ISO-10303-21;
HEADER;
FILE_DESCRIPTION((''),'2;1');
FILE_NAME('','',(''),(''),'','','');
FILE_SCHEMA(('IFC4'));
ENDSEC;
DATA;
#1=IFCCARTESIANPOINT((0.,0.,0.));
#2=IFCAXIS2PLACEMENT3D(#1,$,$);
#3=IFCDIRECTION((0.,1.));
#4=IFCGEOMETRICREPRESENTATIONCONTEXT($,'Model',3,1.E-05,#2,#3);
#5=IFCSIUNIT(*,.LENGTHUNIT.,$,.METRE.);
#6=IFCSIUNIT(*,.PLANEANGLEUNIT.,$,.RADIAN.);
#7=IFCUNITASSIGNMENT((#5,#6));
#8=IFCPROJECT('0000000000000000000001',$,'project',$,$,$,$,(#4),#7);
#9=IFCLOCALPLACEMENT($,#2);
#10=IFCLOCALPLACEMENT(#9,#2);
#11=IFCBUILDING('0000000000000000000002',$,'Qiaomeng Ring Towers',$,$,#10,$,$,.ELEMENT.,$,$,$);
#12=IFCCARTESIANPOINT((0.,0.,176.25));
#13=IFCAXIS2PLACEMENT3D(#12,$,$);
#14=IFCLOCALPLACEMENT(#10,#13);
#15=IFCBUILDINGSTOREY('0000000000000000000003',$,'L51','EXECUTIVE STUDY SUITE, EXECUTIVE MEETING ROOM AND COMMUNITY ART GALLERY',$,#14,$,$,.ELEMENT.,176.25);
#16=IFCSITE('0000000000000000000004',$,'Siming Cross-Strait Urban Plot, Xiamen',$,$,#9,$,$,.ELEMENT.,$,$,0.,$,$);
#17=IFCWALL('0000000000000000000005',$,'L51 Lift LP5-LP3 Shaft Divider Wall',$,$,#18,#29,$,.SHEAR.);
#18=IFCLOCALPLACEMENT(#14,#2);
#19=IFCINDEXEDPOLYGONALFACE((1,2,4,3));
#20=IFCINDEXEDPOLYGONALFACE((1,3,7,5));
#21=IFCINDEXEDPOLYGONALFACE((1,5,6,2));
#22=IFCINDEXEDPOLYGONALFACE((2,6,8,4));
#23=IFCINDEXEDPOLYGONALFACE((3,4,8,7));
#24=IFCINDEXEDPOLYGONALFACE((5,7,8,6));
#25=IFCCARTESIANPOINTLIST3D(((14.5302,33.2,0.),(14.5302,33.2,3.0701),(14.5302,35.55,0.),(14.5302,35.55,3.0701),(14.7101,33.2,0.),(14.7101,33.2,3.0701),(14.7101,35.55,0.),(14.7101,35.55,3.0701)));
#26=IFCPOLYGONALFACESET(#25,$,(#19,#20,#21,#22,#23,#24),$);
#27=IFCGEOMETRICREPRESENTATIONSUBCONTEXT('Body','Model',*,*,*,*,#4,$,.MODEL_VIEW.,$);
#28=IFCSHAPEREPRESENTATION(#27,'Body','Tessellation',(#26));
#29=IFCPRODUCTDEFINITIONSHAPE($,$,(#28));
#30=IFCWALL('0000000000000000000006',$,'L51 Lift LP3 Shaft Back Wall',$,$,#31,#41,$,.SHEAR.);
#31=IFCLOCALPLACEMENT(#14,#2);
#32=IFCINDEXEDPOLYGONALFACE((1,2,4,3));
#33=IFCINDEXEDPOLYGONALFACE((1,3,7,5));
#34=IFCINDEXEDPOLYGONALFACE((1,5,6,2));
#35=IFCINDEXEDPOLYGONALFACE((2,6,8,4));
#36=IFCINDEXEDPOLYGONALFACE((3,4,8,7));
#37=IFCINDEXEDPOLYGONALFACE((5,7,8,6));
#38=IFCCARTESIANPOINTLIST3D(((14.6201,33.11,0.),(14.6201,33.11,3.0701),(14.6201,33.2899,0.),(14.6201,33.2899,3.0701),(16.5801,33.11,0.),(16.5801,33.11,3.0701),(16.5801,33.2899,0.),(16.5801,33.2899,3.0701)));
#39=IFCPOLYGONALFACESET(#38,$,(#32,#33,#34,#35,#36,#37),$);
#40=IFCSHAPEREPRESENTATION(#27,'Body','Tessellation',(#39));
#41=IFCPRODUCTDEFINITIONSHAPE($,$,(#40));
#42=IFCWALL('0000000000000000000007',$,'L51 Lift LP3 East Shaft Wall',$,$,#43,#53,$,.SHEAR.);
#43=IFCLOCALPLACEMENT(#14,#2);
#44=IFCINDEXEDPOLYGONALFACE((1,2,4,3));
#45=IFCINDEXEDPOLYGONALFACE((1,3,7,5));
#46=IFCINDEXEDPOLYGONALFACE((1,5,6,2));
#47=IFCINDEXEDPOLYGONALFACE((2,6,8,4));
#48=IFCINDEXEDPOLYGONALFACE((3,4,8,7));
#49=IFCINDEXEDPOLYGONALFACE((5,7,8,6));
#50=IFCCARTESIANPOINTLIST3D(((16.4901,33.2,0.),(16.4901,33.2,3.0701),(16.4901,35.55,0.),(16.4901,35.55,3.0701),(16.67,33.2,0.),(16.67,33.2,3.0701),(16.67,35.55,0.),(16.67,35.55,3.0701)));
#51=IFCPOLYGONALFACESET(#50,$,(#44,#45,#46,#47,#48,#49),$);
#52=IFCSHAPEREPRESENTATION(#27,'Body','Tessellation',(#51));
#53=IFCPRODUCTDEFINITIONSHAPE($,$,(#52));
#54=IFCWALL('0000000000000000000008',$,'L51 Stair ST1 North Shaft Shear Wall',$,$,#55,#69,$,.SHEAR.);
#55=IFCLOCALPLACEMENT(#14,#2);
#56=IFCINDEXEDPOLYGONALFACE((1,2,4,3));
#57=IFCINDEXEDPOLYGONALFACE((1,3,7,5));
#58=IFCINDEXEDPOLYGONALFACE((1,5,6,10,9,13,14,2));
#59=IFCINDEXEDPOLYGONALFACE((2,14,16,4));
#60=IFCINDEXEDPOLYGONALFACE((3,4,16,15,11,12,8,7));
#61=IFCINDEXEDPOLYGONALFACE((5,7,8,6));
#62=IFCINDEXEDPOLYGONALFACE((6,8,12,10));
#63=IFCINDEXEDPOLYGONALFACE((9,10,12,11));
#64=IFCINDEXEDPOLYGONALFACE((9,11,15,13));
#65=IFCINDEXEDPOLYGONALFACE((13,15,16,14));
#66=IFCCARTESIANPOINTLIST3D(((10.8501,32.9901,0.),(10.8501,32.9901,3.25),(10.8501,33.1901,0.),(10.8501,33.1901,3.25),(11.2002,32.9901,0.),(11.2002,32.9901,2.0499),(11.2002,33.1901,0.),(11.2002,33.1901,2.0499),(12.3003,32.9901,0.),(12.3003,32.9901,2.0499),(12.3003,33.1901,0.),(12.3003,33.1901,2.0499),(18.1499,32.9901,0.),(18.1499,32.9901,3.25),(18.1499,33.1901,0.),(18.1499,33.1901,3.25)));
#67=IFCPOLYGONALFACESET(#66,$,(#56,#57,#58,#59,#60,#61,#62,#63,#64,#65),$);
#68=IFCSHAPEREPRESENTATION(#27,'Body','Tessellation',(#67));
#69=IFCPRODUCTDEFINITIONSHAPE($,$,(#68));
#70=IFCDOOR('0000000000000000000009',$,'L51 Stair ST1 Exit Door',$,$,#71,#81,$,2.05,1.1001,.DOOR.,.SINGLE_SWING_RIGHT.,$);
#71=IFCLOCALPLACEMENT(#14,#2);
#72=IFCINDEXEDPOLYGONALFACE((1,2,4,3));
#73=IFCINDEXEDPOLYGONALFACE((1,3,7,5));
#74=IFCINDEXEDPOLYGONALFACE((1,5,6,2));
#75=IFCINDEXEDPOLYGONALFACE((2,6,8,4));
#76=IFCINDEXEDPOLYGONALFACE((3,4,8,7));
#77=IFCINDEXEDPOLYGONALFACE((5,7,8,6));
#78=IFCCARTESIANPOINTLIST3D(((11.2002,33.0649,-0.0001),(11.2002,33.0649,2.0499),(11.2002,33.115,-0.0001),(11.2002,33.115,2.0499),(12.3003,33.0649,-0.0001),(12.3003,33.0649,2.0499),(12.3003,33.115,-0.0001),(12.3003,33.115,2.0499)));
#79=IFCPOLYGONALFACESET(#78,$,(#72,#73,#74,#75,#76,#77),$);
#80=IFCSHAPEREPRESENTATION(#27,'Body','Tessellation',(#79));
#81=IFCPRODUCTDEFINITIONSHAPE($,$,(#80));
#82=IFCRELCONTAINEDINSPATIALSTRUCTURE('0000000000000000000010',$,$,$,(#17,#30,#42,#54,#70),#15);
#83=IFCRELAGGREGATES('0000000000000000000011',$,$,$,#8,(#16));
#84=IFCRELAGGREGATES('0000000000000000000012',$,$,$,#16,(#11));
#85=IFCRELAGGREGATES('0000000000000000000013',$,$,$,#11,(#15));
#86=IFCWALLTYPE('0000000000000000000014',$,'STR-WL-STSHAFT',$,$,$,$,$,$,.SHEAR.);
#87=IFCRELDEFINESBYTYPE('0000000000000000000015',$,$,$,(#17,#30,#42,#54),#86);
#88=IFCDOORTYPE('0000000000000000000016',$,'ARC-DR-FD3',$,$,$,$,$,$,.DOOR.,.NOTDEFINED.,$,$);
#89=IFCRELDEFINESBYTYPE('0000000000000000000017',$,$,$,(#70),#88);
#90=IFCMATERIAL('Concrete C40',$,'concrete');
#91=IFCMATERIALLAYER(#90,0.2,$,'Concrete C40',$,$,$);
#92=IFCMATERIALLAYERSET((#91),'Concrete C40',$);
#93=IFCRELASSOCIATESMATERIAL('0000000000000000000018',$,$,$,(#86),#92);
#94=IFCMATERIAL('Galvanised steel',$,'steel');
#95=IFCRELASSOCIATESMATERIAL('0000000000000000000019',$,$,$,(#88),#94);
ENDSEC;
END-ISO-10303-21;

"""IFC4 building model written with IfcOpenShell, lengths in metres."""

from ifc_helpers import new_model, si_unit, direction, frame, frame_2d, origin, place, context, subcontext, project, spatial, rectangle, extrude, source, transform, mapped, material, layer, layer_set, type_object, element, fill, save


model = new_model("IFC4")

# Units and contexts
model_context = context("Model", 3, precision=1e-05, world=origin(), true_north=direction((0.0, 1.0)))
body_context = subcontext(model_context, "Body", "Model", "MODEL_VIEW")
ifc_project = project(units=[si_unit("LENGTHUNIT", "METRE"), si_unit("PLANEANGLEUNIT", "RADIAN")], contexts=[model_context])

# Site, building, storey
site_placement = place(None, origin())
site = spatial("IfcSite", under=ifc_project, at=site_placement, Name="Siming Cross-Strait Urban Plot, Xiamen", CompositionType="ELEMENT", RefElevation=0.0)
building_placement = place(site_placement, origin())
building = spatial("IfcBuilding", under=site, at=building_placement, Name="Qiaomeng Ring Towers", CompositionType="ELEMENT")
storey_placement = place(building_placement, frame((0.0, 0.0, 176.25)))
storey = spatial("IfcBuildingStorey", under=building, at=storey_placement, Name="L51", Description="EXECUTIVE STUDY SUITE, EXECUTIVE MEETING ROOM AND COMMUNITY ART GALLERY", CompositionType="ELEMENT", Elevation=176.25)

# Walls
ifc_material_1 = material(Name="Concrete C40", Category="concrete")
ifc_layer_1 = layer(ifc_material_1, 0.2, Name="Concrete C40")
ifc_layer_set_1 = layer_set([ifc_layer_1], Name="Concrete C40")
wall_type_1 = type_object("IfcWallType", Name="STR-WL-STSHAFT", PredefinedType="SHEAR", material=ifc_layer_set_1)
wall_1_placement = place(storey_placement, frame((14.6201, 33.2, 0.0), z_axis=(0.0, 0.0, 1.0), x_axis=(0.0, 1.0, 0.0)))
element("IfcWall", 1, at=wall_1_placement, inside=storey, type_object=wall_type_1, Name="L51 Lift LP5-LP3 Shaft Divider Wall", PredefinedType="SHEAR", context=body_context, shape_type="SweptSolid", body=[
    extrude(rectangle(XDim=2.3501, YDim=0.1799, at=frame_2d((1.175, 0.0))), origin(), (0.0, 0.0, 1.0), 3.0701),
])
wall_2_placement = place(storey_placement, frame((14.6201, 33.2, 0.0), z_axis=(0.0, 0.0, 1.0), x_axis=(1.0, 0.0, 0.0)))
element("IfcWall", 2, at=wall_2_placement, inside=storey, type_object=wall_type_1, Name="L51 Lift LP3 Shaft Back Wall", PredefinedType="SHEAR", context=body_context, shape_type="SweptSolid", body=[
    extrude(rectangle(XDim=1.96, YDim=0.1799, at=frame_2d((0.98, 0.0))), origin(), (0.0, 0.0, 1.0), 3.0701),
])
wall_3_placement = place(storey_placement, frame((16.5801, 33.2, 0.0), z_axis=(0.0, 0.0, 1.0), x_axis=(0.0, 1.0, 0.0)))
element("IfcWall", 3, at=wall_3_placement, inside=storey, type_object=wall_type_1, Name="L51 Lift LP3 East Shaft Wall", PredefinedType="SHEAR", context=body_context, shape_type="SweptSolid", body=[
    extrude(rectangle(XDim=2.3501, YDim=0.1799, at=frame_2d((1.175, 0.0))), origin(), (0.0, 0.0, 1.0), 3.0701),
])

# Wall, opening, door
wall_4_placement = place(storey_placement, frame((10.8501, 33.0901, 0.0), z_axis=(0.0, 0.0, 1.0), x_axis=(1.0, 0.0, 0.0)))
wall_4 = element("IfcWall", 4, at=wall_4_placement, inside=storey, type_object=wall_type_1, Name="L51 Stair ST1 North Shaft Shear Wall", PredefinedType="SHEAR", context=body_context, shape_type="SweptSolid", body=[
    extrude(rectangle(XDim=7.2998, YDim=0.2, at=frame_2d((3.6499, 0.0))), origin(), (0.0, 0.0, 1.0), 3.25),
])
opening_1_placement = place(wall_4_placement, frame((0.3501, 0.0, 0.0)))
opening_1 = element("IfcOpeningElement", 5, at=opening_1_placement, cuts=wall_4, PredefinedType="OPENING", context=body_context, shape_type="SweptSolid", body=[
    extrude(rectangle(XDim=1.1001, YDim=2.05, at=frame_2d((0.55, 1.0249))), frame((0.0, 0.1099, 0.0), z_axis=(0.0, -1.0, 0.0), x_axis=(1.0, 0.0, 0.0)), (0.0, 0.0, 1.0), 0.22),
])
ifc_material_2 = material(Name="Galvanised steel", Category="steel")
door_type_1 = type_object("IfcDoorType", Name="ARC-DR-FD3", OperationType="NOTDEFINED", PredefinedType="DOOR", material=ifc_material_2)
shared_shape_1 = source(origin(), body_context, "Body", "SweptSolid", [
    extrude(rectangle(XDim=1.1001, YDim=2.05, at=frame_2d((0.55, 1.0249))), frame((0.0, 0.0249, 0.0), z_axis=(0.0, -1.0, 0.0), x_axis=(1.0, 0.0, 0.0)), (0.0, 0.0, 1.0), 0.05),
])
door_1_placement = place(opening_1_placement, origin())
door_1 = element("IfcDoor", 6, at=door_1_placement, inside=storey, type_object=door_type_1, Name="L51 Stair ST1 Exit Door", OperationType="SINGLE_SWING_RIGHT", OverallHeight=2.05, OverallWidth=1.1001, PredefinedType="DOOR", context=body_context, shape_type="MappedRepresentation", body=[
    mapped(shared_shape_1, transform((0.0, 0.0, 0.0), x_axis=(1.0, 0.0, 0.0), y_axis=(0.0, 1.0, 0.0), z_axis=(0.0, 0.0, 1.0), scale=1.0)),
])
fill(opening_1, door_1)

save(model, "model.ifc")
